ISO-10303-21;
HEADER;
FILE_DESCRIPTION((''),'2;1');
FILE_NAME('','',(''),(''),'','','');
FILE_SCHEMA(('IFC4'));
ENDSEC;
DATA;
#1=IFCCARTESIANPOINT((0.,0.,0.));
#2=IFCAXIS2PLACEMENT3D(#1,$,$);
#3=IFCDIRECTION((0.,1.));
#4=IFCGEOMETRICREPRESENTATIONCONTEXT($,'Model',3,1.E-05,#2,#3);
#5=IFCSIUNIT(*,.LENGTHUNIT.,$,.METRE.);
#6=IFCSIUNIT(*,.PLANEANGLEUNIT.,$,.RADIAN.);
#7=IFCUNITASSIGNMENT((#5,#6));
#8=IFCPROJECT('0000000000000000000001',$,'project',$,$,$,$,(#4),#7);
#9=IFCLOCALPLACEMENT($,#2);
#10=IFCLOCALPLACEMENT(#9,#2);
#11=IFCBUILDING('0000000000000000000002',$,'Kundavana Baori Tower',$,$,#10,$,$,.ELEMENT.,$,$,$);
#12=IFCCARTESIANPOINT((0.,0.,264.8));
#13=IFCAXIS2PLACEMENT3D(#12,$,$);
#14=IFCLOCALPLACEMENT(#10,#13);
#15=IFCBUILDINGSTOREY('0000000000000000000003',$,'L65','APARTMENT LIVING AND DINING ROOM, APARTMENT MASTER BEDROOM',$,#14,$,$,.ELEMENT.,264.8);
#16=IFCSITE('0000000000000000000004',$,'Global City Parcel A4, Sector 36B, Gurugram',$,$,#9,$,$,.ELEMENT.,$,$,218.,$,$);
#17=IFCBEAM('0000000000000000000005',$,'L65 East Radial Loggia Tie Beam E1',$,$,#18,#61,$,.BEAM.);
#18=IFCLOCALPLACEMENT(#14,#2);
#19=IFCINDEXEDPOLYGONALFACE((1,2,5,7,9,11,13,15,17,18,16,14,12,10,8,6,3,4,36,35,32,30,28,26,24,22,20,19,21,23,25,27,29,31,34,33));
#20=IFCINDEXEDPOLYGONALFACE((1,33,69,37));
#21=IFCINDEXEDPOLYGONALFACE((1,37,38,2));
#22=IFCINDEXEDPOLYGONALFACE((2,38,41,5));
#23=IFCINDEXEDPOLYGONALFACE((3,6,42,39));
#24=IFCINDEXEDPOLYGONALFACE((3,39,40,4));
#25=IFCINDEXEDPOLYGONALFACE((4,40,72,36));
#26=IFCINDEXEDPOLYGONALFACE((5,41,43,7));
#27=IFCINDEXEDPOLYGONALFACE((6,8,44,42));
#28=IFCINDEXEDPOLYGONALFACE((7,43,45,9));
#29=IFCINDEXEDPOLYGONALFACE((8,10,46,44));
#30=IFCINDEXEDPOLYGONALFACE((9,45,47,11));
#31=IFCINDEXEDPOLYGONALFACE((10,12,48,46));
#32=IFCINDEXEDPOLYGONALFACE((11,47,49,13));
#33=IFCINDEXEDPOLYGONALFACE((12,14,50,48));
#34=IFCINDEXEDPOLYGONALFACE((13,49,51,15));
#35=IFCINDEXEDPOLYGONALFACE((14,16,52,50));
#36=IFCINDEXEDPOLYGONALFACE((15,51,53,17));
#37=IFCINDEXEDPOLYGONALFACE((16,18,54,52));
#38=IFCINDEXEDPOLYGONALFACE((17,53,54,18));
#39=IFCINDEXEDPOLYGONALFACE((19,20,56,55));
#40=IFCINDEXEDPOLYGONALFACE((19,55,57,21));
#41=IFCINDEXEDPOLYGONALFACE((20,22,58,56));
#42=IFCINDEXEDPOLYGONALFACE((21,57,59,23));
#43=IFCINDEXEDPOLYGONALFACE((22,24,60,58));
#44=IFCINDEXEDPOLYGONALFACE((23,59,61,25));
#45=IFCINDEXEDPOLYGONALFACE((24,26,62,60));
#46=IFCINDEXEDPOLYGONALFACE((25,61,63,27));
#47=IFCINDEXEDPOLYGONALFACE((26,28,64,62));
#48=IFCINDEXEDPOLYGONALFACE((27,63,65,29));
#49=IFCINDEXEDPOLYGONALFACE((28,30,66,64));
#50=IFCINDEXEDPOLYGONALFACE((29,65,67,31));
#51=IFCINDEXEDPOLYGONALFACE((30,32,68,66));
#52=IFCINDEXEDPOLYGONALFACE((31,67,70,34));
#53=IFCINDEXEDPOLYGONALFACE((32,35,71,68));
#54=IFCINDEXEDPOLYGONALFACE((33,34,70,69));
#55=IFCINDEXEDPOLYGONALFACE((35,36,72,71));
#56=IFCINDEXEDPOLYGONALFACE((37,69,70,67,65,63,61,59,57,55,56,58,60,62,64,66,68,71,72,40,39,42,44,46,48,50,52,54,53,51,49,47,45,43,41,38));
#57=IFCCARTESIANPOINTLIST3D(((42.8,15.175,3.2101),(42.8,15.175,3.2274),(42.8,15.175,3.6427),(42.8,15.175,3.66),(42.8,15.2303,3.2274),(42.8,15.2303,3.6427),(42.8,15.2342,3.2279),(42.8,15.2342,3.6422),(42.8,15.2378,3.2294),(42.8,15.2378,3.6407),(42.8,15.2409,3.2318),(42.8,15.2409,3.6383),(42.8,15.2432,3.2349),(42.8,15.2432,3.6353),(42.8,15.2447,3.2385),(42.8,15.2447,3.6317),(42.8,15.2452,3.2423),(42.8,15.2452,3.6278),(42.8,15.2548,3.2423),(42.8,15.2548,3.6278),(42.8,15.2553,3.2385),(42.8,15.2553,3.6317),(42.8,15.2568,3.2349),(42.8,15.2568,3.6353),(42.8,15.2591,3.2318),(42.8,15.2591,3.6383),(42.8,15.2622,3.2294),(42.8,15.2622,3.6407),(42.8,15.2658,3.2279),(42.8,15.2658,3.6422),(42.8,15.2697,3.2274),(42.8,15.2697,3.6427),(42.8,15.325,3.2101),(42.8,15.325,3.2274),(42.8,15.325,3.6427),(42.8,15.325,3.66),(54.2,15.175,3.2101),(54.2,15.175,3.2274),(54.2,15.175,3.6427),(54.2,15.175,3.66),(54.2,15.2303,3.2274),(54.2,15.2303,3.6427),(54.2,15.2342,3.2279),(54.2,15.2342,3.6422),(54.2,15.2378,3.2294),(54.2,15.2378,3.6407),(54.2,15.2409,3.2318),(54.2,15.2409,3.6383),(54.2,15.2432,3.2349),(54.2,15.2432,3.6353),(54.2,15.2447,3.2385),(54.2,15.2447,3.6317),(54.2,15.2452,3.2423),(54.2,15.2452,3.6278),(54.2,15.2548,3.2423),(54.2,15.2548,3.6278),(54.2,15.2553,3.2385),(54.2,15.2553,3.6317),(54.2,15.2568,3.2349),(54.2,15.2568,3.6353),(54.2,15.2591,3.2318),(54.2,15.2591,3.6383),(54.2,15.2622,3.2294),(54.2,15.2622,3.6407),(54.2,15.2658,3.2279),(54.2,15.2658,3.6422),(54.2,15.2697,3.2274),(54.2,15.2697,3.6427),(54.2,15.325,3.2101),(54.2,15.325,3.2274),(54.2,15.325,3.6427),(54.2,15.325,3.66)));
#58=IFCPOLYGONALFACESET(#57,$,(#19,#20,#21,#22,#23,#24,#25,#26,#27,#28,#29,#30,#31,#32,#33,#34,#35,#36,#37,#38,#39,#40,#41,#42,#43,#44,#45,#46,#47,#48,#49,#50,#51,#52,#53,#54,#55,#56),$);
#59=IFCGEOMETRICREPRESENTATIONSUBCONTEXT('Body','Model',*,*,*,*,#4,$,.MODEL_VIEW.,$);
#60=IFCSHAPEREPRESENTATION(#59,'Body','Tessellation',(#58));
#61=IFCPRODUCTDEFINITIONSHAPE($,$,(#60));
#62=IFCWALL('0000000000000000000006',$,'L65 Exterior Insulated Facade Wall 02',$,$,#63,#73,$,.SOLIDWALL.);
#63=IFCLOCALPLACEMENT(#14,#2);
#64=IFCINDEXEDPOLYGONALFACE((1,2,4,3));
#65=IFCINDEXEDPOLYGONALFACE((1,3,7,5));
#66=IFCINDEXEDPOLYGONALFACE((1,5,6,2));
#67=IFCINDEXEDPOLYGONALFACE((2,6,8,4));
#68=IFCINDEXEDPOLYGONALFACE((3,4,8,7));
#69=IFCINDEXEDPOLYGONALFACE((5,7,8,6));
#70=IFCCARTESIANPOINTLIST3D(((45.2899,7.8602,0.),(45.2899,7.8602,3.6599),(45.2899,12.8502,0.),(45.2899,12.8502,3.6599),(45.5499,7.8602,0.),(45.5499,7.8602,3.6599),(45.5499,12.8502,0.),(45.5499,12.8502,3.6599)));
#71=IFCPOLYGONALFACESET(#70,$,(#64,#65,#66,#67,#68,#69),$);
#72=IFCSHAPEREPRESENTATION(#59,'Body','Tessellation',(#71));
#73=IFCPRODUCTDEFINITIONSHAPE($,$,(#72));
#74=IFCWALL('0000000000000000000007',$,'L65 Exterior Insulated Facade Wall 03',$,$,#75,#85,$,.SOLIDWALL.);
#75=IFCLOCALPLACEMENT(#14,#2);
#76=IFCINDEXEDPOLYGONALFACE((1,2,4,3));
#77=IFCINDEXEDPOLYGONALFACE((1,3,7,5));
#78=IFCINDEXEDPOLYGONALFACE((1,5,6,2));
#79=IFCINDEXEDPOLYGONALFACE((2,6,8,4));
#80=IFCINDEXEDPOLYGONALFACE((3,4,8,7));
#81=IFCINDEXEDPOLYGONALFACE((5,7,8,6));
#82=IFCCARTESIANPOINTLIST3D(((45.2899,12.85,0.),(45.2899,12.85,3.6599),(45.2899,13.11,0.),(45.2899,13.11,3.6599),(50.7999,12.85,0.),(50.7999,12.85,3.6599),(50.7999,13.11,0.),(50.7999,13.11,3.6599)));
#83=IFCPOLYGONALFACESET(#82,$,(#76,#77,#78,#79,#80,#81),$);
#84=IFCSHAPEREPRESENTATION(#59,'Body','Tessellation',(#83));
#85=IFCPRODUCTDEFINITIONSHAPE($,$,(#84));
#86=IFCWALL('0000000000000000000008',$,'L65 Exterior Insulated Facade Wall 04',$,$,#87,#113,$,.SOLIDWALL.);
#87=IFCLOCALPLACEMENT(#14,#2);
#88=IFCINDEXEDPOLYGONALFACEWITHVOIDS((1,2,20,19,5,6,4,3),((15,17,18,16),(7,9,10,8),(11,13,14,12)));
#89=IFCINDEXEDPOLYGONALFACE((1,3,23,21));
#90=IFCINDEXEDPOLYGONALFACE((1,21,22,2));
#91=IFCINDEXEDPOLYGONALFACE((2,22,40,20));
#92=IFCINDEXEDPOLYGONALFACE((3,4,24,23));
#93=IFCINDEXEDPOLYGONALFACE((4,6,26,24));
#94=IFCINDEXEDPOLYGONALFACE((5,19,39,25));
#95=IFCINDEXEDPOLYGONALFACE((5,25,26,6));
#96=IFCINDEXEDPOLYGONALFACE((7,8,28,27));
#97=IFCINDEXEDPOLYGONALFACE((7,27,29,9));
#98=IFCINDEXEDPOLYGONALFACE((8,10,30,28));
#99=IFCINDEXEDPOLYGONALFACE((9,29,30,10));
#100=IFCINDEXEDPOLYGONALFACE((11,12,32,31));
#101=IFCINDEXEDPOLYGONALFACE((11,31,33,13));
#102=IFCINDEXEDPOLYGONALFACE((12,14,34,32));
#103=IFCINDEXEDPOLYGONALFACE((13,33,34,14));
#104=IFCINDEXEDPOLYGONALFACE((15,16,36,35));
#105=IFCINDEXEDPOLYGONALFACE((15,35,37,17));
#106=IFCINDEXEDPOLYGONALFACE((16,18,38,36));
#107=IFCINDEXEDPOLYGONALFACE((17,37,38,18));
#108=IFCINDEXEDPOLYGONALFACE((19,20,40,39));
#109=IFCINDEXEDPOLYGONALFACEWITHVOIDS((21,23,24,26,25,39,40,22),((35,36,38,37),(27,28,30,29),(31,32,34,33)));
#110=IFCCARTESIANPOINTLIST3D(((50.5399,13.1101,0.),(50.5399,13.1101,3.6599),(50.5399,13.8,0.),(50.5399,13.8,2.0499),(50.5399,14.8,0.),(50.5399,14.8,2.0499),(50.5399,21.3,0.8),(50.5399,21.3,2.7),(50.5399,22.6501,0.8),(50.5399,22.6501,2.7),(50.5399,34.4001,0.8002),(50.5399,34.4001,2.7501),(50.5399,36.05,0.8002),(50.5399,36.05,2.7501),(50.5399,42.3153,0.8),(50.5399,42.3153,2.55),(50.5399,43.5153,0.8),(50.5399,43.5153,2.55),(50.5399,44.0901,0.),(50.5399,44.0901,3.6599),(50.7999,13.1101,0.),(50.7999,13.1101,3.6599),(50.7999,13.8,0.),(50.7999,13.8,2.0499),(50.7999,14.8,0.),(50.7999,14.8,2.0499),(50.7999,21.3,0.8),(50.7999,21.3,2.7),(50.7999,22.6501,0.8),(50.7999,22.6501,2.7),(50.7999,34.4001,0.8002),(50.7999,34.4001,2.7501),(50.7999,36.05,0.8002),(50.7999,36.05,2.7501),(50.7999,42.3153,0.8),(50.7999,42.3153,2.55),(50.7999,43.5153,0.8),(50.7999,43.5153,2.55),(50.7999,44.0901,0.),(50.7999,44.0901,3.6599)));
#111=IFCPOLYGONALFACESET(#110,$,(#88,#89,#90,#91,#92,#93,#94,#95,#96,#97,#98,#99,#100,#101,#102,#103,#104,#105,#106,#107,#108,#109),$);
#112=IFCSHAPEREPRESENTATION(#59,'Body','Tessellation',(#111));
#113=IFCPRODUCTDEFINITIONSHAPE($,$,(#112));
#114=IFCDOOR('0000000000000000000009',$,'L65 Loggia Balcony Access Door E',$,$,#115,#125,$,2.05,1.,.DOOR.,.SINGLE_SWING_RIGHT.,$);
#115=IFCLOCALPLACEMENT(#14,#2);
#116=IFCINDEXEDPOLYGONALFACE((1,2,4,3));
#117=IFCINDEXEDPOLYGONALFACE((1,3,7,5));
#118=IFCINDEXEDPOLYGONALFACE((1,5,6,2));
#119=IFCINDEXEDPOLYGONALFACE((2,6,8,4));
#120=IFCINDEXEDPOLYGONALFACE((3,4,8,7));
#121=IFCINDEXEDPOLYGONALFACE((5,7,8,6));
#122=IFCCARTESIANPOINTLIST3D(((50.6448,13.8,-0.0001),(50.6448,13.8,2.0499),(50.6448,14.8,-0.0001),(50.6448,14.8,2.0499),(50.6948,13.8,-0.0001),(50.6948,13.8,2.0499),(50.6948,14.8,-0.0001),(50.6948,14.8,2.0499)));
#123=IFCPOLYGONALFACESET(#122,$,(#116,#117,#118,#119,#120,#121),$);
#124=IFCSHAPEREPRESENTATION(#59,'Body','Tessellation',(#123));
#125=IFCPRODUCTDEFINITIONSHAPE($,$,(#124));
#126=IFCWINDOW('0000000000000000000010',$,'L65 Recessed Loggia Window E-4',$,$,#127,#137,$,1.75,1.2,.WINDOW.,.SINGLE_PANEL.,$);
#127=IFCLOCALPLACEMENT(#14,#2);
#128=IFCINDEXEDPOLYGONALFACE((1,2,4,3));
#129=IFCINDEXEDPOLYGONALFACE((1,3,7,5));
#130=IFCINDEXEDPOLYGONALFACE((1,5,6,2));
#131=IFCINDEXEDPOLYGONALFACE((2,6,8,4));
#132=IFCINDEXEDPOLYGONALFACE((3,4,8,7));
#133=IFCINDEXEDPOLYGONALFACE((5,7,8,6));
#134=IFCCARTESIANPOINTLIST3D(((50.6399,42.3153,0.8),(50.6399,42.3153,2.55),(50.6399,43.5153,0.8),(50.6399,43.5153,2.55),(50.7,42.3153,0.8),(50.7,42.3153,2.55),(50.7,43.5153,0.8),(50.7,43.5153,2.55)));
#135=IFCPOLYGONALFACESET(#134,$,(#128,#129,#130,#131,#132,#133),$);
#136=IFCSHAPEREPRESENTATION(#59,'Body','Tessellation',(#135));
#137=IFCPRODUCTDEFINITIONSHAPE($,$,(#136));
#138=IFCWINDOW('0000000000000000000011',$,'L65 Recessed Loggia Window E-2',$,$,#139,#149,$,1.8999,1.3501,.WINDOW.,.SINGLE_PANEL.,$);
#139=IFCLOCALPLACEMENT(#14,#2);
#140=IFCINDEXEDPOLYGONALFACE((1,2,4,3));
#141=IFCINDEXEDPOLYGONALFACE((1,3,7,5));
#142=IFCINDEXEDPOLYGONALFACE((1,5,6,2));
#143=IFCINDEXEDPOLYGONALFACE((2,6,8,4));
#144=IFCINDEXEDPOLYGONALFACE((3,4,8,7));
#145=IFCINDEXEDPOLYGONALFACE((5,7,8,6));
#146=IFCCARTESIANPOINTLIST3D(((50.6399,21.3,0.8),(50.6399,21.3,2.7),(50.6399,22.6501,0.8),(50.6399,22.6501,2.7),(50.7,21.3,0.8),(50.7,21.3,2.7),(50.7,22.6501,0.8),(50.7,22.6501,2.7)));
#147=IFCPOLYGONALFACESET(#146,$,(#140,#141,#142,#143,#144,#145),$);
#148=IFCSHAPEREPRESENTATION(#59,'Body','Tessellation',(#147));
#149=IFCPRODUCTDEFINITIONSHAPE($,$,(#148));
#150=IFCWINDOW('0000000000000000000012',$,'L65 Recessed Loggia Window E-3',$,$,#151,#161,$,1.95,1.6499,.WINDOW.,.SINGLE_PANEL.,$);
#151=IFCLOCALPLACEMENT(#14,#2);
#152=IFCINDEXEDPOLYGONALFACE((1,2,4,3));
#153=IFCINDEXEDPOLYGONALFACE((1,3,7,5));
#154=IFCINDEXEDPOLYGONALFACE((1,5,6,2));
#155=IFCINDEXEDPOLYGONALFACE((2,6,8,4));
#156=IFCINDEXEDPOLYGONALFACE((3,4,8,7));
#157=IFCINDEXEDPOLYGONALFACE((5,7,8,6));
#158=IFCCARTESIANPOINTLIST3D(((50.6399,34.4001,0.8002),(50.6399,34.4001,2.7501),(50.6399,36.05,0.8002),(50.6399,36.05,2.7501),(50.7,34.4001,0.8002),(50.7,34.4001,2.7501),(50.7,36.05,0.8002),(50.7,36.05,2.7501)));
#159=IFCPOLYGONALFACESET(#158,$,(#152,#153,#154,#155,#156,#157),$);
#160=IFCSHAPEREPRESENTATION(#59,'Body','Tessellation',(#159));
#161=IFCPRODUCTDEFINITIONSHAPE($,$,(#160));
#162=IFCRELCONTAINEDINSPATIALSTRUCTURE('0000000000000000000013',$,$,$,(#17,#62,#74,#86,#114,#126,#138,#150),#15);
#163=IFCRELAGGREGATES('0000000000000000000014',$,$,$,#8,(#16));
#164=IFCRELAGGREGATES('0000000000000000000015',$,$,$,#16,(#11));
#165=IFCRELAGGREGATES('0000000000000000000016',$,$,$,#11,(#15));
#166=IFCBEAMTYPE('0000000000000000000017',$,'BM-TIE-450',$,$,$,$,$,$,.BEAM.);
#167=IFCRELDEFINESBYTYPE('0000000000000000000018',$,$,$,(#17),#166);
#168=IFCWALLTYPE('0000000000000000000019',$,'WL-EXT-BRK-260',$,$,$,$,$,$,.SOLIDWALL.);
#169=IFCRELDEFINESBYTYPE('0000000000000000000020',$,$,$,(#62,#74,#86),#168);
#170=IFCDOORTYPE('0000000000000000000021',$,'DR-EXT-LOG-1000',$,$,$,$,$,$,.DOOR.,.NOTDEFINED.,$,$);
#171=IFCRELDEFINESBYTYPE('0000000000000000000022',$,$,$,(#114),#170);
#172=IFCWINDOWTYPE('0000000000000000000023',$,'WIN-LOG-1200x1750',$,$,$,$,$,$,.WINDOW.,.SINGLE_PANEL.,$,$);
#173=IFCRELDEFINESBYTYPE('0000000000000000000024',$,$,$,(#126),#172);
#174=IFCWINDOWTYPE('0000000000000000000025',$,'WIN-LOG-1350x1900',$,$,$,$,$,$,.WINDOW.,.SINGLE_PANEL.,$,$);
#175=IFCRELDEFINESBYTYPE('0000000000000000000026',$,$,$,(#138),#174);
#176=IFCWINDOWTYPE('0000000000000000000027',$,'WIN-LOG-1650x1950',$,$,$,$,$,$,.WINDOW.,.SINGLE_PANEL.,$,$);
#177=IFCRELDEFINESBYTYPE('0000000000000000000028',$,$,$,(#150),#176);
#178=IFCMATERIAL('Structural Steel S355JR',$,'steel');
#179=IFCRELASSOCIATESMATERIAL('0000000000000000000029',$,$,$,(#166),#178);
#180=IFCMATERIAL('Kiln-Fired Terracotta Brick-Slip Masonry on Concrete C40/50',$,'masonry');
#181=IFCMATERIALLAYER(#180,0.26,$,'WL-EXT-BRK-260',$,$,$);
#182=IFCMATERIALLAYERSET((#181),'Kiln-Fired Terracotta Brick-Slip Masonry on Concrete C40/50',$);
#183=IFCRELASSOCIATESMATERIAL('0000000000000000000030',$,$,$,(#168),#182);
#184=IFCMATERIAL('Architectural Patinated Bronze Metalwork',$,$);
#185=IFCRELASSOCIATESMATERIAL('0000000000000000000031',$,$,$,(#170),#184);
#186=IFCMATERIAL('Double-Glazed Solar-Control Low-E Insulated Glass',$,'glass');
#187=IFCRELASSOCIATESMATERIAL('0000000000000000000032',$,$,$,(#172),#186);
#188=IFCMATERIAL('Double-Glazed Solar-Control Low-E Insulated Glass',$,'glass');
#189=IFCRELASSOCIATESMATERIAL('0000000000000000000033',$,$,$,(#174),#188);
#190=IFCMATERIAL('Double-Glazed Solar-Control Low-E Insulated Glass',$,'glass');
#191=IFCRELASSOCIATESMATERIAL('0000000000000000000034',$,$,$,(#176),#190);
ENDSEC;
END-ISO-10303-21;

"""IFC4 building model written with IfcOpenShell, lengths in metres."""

from ifc_helpers import new_model, si_unit, direction, frame, frame_2d, origin, origin_2d, place, context, subcontext, project, spatial, rectangle, i_section, extrude, material, layer, layer_set, material_profile, profile_set, type_object, element, fill, save


model = new_model("IFC4")

# Units and contexts
model_context = context("Model", 3, precision=1e-05, world=origin(), true_north=direction((0.0, 1.0)))
body_context = subcontext(model_context, "Body", "Model", "MODEL_VIEW")
ifc_project = project(units=[si_unit("LENGTHUNIT", "METRE"), si_unit("PLANEANGLEUNIT", "RADIAN")], contexts=[model_context])

# Site, building, storey
site_placement = place(None, origin())
site = spatial("IfcSite", under=ifc_project, at=site_placement, Name="Global City Parcel A4, Sector 36B, Gurugram", CompositionType="ELEMENT", RefElevation=218.0)
building_placement = place(site_placement, origin())
building = spatial("IfcBuilding", under=site, at=building_placement, Name="Kundavana Baori Tower", CompositionType="ELEMENT")
storey_placement = place(building_placement, frame((0.0, 0.0, 264.8)))
storey = spatial("IfcBuildingStorey", under=building, at=storey_placement, Name="L65", Description="APARTMENT LIVING AND DINING ROOM, APARTMENT MASTER BEDROOM", CompositionType="ELEMENT", Elevation=264.8)

# Beam
ifc_material_1 = material(Name="Structural Steel S355JR", Category="steel")
ifc_material_profile_1 = material_profile(ifc_material_1, i_section(OverallWidth=0.1499, OverallDepth=0.45, WebThickness=0.0095, FlangeThickness=0.0173, FilletRadius=0.0149, at=origin_2d()), Name="ISMB 450")
ifc_profile_set_1 = profile_set([ifc_material_profile_1], Name="Structural Steel S355JR")
beam_type_1 = type_object("IfcBeamType", Name="BM-TIE-450", PredefinedType="BEAM", material=ifc_profile_set_1)
beam_1_placement = place(storey_placement, frame((42.8, 15.25, 3.4351), z_axis=(1.0, 0.0, 0.0), x_axis=(0.0, 1.0, 0.0)))
element("IfcBeam", 1, at=beam_1_placement, inside=storey, type_object=beam_type_1, Name="L65 East Radial Loggia Tie Beam E1", PredefinedType="BEAM", context=body_context, shape_type="SweptSolid", body=[
    extrude(i_section(OverallWidth=0.1499, OverallDepth=0.45, WebThickness=0.0095, FlangeThickness=0.0173, FilletRadius=0.0149, at=origin_2d()), origin(), (0.0, 0.0, 1.0), 11.3999),
])

# Walls
ifc_material_2 = material(Name="Kiln-Fired Terracotta Brick-Slip Masonry on Concrete C40/50", Category="masonry")
ifc_layer_1 = layer(ifc_material_2, 0.26, Name="WL-EXT-BRK-260")
ifc_layer_set_1 = layer_set([ifc_layer_1], Name="Kiln-Fired Terracotta Brick-Slip Masonry on Concrete C40/50")
wall_type_1 = type_object("IfcWallType", Name="WL-EXT-BRK-260", PredefinedType="SOLIDWALL", material=ifc_layer_set_1)
wall_1_placement = place(storey_placement, frame((45.4199, 7.8601, 0.0), z_axis=(0.0, 0.0, 1.0), x_axis=(0.0, 1.0, 0.0)))
element("IfcWall", 2, at=wall_1_placement, inside=storey, type_object=wall_type_1, Name="L65 Exterior Insulated Facade Wall 02", PredefinedType="SOLIDWALL", context=body_context, shape_type="SweptSolid", body=[
    extrude(rectangle(XDim=4.99, YDim=0.26, at=frame_2d((2.4951, 0.0))), origin(), (0.0, 0.0, 1.0), 3.6599),
])
wall_2_placement = place(storey_placement, frame((45.29, 12.98, 0.0), z_axis=(0.0, 0.0, 1.0), x_axis=(1.0, 0.0, 0.0)))
element("IfcWall", 3, at=wall_2_placement, inside=storey, type_object=wall_type_1, Name="L65 Exterior Insulated Facade Wall 03", PredefinedType="SOLIDWALL", context=body_context, shape_type="SweptSolid", body=[
    extrude(rectangle(XDim=5.51, YDim=0.26, at=frame_2d((2.7549, 0.0))), origin(), (0.0, 0.0, 1.0), 3.6599),
])

# Wall, openings, door, windows
wall_3_placement = place(storey_placement, frame((50.6699, 13.1101, 0.0), z_axis=(0.0, 0.0, 1.0), x_axis=(0.0, 1.0, 0.0)))
wall_3 = element("IfcWall", 4, at=wall_3_placement, inside=storey, type_object=wall_type_1, Name="L65 Exterior Insulated Facade Wall 04", PredefinedType="SOLIDWALL", context=body_context, shape_type="SweptSolid", body=[
    extrude(rectangle(XDim=30.98, YDim=0.26, at=frame_2d((15.49, 0.0))), origin(), (0.0, 0.0, 1.0), 3.6599),
])
opening_1_placement = place(wall_3_placement, frame((0.6899, 0.0, 0.0)))
opening_1 = element("IfcOpeningElement", 5, at=opening_1_placement, cuts=wall_3, PredefinedType="OPENING", context=body_context, shape_type="SweptSolid", body=[
    extrude(rectangle(XDim=1.0, YDim=2.05, at=frame_2d((0.5, 1.0249))), frame((0.0, 0.1401, 0.0), z_axis=(0.0, -1.0, 0.0), x_axis=(1.0, 0.0, 0.0)), (0.0, 0.0, 1.0), 0.28),
])
opening_2_placement = place(wall_3_placement, frame((8.1899, 0.0, 0.8)))
opening_2 = element("IfcOpeningElement", 6, at=opening_2_placement, cuts=wall_3, PredefinedType="OPENING", context=body_context, shape_type="SweptSolid", body=[
    extrude(rectangle(XDim=1.3501, YDim=1.8999, at=frame_2d((0.675, 0.95))), frame((0.0, 0.1401, 0.0), z_axis=(0.0, -1.0, 0.0), x_axis=(1.0, 0.0, 0.0)), (0.0, 0.0, 1.0), 0.28),
])
opening_3_placement = place(wall_3_placement, frame((21.29, 0.0, 0.8)))
opening_3 = element("IfcOpeningElement", 7, at=opening_3_placement, cuts=wall_3, PredefinedType="OPENING", context=body_context, shape_type="SweptSolid", body=[
    extrude(rectangle(XDim=1.6499, YDim=1.95, at=frame_2d((0.825, 0.9751))), frame((0.0, 0.1401, 0.0), z_axis=(0.0, -1.0, 0.0), x_axis=(1.0, 0.0, 0.0)), (0.0, 0.0, 1.0), 0.28),
])
opening_4_placement = place(wall_3_placement, frame((29.2051, 0.0, 0.8)))
opening_4 = element("IfcOpeningElement", 8, at=opening_4_placement, cuts=wall_3, PredefinedType="OPENING", context=body_context, shape_type="SweptSolid", body=[
    extrude(rectangle(XDim=1.2, YDim=1.75, at=frame_2d((0.6001, 0.875))), frame((0.0, 0.1401, 0.0), z_axis=(0.0, -1.0, 0.0), x_axis=(1.0, 0.0, 0.0)), (0.0, 0.0, 1.0), 0.28),
])
ifc_material_3 = material(Name="Architectural Patinated Bronze Metalwork")
door_type = type_object("IfcDoorType", Name="DR-EXT-LOG-1000", OperationType="NOTDEFINED", PredefinedType="DOOR", material=ifc_material_3)
door_placement = place(opening_1_placement, frame((1.0, 0.0, 0.0), z_axis=(0.0, 0.0, 1.0), x_axis=(-1.0, 0.0, 0.0)))
door = element("IfcDoor", 9, at=door_placement, inside=storey, type_object=door_type, Name="L65 Loggia Balcony Access Door E", OperationType="SINGLE_SWING_RIGHT", OverallHeight=2.05, OverallWidth=1.0, PredefinedType="DOOR", context=body_context, shape_type="SweptSolid", body=[
    extrude(rectangle(XDim=1.0, YDim=2.05, at=frame_2d((0.5, 1.0249))), frame((0.0, 0.0249, 0.0), z_axis=(0.0, -1.0, 0.0), x_axis=(1.0, 0.0, 0.0)), (0.0, 0.0, 1.0), 0.05),
])
fill(opening_1, door)
ifc_material_4 = material(Name="Double-Glazed Solar-Control Low-E Insulated Glass", Category="glass")
window_type_1 = type_object("IfcWindowType", Name="WIN-LOG-1200x1750", PartitioningType="SINGLE_PANEL", PredefinedType="WINDOW", material=ifc_material_4)
window_1_placement = place(opening_4_placement, origin())
window_1 = element("IfcWindow", 10, at=window_1_placement, inside=storey, type_object=window_type_1, Name="L65 Recessed Loggia Window E-4", OverallHeight=1.75, OverallWidth=1.2, PartitioningType="SINGLE_PANEL", PredefinedType="WINDOW", context=body_context, shape_type="SweptSolid", body=[
    extrude(rectangle(XDim=1.2, YDim=1.75, at=frame_2d((0.6001, 0.875))), frame((0.0, 0.03, 0.0), z_axis=(0.0, -1.0, 0.0), x_axis=(1.0, 0.0, 0.0)), (0.0, 0.0, 1.0), 0.0601),
])
fill(opening_4, window_1)
ifc_material_5 = material(Name="Double-Glazed Solar-Control Low-E Insulated Glass", Category="glass")
window_type_2 = type_object("IfcWindowType", Name="WIN-LOG-1350x1900", PartitioningType="SINGLE_PANEL", PredefinedType="WINDOW", material=ifc_material_5)
window_2_placement = place(opening_2_placement, origin())
window_2 = element("IfcWindow", 11, at=window_2_placement, inside=storey, type_object=window_type_2, Name="L65 Recessed Loggia Window E-2", OverallHeight=1.8999, OverallWidth=1.3501, PartitioningType="SINGLE_PANEL", PredefinedType="WINDOW", context=body_context, shape_type="SweptSolid", body=[
    extrude(rectangle(XDim=1.3501, YDim=1.8999, at=frame_2d((0.675, 0.95))), frame((0.0, 0.03, 0.0), z_axis=(0.0, -1.0, 0.0), x_axis=(1.0, 0.0, 0.0)), (0.0, 0.0, 1.0), 0.0601),
])
fill(opening_2, window_2)
ifc_material_6 = material(Name="Double-Glazed Solar-Control Low-E Insulated Glass", Category="glass")
window_type_3 = type_object("IfcWindowType", Name="WIN-LOG-1650x1950", PartitioningType="SINGLE_PANEL", PredefinedType="WINDOW", material=ifc_material_6)
window_3_placement = place(opening_3_placement, origin())
window_3 = element("IfcWindow", 12, at=window_3_placement, inside=storey, type_object=window_type_3, Name="L65 Recessed Loggia Window E-3", OverallHeight=1.95, OverallWidth=1.6499, PartitioningType="SINGLE_PANEL", PredefinedType="WINDOW", context=body_context, shape_type="SweptSolid", body=[
    extrude(rectangle(XDim=1.6499, YDim=1.95, at=frame_2d((0.825, 0.9751))), frame((0.0, 0.03, 0.0), z_axis=(0.0, -1.0, 0.0), x_axis=(1.0, 0.0, 0.0)), (0.0, 0.0, 1.0), 0.0601),
])
fill(opening_3, window_3)

save(model, "model.ifc")
